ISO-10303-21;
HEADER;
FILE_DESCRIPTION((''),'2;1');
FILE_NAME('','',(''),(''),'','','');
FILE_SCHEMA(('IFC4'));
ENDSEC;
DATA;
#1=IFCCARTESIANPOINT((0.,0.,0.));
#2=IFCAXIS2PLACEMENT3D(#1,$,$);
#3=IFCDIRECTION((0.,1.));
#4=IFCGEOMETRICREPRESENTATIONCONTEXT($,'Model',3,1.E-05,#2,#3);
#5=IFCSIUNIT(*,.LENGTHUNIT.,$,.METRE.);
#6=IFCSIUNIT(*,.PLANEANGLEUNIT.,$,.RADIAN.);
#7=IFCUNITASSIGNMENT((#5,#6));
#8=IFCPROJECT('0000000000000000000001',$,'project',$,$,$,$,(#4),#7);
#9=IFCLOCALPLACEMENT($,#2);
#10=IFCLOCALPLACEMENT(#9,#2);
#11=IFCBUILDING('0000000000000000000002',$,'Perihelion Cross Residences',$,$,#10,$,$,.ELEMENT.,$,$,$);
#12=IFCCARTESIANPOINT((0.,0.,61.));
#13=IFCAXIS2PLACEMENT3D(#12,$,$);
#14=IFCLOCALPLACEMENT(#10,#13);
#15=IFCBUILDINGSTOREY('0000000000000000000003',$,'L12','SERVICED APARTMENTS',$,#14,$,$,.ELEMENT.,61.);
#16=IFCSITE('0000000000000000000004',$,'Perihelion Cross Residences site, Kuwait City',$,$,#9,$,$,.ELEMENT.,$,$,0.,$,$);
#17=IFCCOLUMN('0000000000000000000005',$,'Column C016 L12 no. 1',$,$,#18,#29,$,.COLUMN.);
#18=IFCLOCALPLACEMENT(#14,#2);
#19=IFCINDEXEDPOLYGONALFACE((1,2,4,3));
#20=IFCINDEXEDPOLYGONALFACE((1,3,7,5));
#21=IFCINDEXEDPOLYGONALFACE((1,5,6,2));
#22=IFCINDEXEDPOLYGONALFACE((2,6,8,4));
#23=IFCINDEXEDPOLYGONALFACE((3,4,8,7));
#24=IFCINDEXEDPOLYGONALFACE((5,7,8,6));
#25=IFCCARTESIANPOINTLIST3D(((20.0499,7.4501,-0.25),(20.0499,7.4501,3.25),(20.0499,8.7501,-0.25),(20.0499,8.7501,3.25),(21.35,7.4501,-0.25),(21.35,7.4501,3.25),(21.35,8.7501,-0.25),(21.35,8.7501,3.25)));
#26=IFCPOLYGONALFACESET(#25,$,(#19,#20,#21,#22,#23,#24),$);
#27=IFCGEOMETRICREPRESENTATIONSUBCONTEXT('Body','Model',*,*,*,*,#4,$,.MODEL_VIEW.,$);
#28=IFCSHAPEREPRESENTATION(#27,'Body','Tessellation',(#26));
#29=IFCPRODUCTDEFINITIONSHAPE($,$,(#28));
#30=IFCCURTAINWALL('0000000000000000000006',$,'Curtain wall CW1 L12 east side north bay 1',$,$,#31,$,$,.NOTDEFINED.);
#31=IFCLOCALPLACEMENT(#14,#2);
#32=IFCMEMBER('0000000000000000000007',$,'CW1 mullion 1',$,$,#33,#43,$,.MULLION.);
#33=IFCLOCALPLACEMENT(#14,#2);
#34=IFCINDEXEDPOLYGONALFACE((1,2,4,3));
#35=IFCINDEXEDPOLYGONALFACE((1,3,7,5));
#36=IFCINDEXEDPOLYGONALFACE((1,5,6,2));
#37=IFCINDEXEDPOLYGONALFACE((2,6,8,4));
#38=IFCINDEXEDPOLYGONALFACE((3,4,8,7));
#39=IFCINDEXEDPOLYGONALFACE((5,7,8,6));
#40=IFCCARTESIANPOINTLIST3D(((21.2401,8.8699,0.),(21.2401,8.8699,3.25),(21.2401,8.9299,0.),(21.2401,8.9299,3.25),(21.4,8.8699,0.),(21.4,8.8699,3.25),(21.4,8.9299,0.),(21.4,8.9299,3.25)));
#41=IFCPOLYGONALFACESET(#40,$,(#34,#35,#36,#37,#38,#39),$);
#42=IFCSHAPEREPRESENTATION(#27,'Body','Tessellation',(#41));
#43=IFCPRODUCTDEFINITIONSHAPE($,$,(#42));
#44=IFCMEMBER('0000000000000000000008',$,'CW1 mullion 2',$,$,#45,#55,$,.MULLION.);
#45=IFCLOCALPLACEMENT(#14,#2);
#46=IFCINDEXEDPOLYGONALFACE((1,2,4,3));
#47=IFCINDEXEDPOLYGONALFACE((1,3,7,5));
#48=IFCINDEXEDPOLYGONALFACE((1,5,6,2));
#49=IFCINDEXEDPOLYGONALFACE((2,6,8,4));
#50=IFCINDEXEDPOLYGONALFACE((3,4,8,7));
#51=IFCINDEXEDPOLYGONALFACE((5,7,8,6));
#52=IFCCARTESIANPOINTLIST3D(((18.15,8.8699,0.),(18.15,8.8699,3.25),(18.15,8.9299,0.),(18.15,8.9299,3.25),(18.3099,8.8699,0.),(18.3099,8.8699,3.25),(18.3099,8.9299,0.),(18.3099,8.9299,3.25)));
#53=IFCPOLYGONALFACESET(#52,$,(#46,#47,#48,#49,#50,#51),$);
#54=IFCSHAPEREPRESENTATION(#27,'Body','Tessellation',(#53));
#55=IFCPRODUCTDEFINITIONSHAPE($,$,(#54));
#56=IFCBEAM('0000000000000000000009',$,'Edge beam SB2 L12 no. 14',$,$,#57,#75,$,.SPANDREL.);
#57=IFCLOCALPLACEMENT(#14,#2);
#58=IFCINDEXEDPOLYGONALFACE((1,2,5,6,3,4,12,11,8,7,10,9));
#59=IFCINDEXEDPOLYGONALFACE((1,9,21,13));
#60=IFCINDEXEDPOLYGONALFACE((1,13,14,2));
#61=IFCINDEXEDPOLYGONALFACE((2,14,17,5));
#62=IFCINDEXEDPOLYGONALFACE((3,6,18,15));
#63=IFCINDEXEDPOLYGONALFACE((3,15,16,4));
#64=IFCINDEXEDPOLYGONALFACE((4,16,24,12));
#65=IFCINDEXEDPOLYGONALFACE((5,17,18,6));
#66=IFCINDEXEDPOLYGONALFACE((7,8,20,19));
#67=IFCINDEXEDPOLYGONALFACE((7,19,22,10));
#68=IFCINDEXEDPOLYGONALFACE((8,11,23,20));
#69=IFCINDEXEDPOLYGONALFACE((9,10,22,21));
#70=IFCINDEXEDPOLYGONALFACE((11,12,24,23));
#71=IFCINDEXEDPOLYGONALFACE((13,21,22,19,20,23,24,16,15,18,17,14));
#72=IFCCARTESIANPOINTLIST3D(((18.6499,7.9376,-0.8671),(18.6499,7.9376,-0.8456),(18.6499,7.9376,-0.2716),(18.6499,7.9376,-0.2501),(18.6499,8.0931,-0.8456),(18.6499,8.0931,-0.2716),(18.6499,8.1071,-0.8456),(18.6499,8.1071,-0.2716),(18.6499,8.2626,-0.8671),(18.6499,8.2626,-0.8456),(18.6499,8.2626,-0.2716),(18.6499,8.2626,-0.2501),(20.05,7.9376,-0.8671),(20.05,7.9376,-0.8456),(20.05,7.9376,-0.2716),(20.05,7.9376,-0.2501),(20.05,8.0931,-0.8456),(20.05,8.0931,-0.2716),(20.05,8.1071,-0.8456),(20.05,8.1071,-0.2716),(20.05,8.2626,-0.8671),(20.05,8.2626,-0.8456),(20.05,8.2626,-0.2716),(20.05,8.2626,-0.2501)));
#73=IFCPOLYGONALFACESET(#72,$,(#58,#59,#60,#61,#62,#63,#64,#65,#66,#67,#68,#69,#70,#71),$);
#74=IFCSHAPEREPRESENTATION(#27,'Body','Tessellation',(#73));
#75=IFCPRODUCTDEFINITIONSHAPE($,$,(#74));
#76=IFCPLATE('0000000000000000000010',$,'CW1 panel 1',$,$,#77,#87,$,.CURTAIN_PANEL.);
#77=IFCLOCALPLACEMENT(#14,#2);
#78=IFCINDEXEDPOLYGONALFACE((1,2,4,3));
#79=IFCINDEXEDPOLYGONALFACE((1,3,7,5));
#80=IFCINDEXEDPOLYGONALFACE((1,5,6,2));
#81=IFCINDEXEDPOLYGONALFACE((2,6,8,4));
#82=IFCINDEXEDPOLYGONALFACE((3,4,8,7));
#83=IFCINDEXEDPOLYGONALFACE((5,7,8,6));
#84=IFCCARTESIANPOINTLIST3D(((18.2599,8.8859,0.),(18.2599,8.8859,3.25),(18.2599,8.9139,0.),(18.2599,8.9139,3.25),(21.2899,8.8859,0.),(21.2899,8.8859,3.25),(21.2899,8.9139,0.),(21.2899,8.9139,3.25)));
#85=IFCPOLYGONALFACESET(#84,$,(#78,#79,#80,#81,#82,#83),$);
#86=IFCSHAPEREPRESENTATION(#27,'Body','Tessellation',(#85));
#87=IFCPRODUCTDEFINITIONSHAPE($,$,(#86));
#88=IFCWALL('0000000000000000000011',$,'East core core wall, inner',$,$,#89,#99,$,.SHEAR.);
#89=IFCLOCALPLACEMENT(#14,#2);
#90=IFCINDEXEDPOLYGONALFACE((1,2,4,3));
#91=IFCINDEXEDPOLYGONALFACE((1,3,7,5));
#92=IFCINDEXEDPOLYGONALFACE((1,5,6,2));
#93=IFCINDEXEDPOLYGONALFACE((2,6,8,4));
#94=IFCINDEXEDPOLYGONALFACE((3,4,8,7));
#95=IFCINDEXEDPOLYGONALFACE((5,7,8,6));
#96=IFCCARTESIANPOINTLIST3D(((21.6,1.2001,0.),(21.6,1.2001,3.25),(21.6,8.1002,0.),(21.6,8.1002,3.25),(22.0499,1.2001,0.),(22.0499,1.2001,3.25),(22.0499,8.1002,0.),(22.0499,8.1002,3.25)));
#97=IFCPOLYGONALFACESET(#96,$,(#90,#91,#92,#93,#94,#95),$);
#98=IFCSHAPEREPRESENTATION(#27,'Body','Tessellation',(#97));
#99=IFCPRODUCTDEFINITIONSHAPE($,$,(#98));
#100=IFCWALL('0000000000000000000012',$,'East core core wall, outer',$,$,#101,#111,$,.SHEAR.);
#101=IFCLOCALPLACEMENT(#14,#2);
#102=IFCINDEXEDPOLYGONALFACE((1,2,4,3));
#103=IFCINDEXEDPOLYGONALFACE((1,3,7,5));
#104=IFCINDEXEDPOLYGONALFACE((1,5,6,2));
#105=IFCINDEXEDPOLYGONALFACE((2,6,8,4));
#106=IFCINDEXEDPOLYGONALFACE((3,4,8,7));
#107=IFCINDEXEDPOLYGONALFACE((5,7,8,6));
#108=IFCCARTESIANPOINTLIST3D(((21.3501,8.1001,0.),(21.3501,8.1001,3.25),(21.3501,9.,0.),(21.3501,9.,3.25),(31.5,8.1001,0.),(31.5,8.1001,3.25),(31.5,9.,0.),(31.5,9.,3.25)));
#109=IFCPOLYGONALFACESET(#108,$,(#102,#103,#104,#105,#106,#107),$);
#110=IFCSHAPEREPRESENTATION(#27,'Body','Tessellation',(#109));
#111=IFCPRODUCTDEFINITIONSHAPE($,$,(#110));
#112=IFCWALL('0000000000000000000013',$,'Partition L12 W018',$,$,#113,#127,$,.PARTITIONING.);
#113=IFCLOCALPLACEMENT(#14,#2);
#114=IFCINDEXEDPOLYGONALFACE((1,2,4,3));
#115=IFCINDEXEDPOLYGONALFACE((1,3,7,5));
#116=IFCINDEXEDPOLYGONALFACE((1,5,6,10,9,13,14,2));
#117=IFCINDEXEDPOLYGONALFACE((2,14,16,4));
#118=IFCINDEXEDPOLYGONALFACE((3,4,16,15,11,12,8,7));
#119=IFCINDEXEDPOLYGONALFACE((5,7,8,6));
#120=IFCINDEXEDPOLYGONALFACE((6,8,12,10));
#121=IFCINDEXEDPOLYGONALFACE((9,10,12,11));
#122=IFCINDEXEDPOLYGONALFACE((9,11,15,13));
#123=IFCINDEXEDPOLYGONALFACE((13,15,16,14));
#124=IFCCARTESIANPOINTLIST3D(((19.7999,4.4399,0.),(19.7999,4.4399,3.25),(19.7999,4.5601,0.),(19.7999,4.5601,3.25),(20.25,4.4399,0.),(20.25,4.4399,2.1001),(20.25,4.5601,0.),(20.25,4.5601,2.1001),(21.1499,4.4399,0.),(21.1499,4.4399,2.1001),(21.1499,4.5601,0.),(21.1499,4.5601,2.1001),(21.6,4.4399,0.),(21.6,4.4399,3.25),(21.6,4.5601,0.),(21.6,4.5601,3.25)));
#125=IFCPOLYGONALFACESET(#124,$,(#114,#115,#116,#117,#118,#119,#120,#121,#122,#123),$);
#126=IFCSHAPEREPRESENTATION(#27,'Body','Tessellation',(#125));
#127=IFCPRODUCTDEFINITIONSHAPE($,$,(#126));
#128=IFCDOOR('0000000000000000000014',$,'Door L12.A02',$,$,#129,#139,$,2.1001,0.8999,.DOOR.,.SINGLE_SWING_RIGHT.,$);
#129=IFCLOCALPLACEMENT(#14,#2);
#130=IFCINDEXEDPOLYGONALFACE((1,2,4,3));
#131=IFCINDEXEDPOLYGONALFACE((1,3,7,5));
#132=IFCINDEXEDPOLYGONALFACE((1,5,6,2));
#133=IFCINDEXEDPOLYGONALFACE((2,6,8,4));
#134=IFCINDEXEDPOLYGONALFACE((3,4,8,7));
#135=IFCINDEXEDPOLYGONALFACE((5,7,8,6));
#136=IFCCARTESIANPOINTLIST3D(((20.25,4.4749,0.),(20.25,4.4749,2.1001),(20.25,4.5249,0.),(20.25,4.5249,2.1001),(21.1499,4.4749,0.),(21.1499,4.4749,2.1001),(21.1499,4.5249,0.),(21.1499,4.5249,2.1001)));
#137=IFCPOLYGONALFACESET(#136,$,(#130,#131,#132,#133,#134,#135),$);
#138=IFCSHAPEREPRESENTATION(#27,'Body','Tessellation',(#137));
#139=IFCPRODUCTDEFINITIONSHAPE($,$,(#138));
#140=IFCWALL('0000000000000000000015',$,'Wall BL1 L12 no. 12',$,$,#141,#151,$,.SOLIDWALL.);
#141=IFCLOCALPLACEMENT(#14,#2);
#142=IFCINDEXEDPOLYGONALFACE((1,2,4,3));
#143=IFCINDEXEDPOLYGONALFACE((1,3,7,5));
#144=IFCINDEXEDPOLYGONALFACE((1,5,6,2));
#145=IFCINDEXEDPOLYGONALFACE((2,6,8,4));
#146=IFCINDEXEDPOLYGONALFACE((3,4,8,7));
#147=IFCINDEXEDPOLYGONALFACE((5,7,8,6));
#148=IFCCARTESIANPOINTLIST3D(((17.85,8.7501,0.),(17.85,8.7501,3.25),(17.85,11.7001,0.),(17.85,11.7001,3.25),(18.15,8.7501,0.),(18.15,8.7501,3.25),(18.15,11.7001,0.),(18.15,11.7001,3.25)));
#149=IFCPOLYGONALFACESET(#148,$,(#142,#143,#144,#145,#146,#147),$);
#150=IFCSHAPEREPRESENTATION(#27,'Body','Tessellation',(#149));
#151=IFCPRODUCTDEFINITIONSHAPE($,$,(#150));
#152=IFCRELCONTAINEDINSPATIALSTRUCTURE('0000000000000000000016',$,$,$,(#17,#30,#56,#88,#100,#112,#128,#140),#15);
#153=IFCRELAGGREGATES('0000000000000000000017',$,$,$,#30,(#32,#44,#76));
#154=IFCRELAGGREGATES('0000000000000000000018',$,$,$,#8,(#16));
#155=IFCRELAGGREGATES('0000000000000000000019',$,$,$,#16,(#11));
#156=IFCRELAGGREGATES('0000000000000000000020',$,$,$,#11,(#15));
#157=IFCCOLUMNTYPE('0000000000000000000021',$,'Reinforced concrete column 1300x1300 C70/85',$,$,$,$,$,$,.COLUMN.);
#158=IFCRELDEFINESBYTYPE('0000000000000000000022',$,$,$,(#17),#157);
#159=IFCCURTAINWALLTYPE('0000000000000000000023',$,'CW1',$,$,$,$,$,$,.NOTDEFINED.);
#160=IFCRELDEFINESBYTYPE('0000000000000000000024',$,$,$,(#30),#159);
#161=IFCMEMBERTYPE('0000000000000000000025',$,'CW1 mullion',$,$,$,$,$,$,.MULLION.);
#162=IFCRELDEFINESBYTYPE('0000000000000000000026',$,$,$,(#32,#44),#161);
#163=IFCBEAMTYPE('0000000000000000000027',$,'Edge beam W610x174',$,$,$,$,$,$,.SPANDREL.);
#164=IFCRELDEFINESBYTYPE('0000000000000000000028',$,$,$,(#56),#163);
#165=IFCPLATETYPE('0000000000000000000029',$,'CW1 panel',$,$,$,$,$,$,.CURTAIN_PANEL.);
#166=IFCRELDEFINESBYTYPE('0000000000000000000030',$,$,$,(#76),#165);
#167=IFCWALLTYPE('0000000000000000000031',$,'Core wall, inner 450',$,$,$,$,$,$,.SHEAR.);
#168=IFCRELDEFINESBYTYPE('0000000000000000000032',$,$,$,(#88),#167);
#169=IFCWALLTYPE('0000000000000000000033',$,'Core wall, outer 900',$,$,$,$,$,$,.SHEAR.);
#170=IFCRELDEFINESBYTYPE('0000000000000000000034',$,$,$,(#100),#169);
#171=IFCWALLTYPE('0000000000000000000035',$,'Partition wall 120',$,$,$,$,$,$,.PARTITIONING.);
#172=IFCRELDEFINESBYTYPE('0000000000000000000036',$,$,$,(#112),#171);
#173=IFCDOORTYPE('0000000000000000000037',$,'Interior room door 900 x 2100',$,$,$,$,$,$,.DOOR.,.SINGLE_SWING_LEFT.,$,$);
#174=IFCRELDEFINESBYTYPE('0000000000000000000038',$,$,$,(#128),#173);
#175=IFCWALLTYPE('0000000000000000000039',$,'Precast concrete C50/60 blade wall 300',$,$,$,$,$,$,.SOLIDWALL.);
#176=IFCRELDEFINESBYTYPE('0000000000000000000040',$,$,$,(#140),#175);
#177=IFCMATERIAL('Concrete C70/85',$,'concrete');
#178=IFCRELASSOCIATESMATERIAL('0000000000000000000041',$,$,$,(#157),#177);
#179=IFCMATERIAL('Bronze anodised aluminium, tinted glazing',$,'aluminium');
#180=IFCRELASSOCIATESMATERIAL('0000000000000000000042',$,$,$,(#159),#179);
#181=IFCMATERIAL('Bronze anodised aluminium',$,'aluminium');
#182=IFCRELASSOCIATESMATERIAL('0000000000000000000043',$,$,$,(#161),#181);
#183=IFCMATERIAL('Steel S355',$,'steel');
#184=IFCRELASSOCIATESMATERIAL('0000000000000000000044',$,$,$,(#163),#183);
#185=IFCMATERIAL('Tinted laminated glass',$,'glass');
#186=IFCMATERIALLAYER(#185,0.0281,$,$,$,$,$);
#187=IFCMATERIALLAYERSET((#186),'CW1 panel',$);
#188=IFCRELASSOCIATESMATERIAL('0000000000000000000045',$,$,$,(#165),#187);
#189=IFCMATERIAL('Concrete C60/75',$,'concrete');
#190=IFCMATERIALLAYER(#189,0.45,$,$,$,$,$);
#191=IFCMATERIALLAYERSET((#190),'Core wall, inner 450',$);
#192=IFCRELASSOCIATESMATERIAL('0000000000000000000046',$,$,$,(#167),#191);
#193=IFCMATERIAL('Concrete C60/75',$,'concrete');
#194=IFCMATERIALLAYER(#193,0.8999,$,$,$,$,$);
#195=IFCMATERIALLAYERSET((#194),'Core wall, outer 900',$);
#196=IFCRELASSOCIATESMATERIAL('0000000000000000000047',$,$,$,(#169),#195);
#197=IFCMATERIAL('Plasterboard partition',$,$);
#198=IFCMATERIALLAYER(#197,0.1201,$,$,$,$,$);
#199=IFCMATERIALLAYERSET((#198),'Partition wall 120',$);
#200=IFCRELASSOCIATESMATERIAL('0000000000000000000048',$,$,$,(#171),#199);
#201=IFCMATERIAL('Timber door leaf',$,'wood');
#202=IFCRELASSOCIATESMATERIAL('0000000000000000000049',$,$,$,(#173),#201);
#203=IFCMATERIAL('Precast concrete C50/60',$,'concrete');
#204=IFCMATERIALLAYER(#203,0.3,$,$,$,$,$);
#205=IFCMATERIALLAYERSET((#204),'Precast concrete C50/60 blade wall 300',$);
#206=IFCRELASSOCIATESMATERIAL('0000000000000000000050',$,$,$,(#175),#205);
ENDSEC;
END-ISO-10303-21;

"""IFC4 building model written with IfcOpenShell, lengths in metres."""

from ifc_helpers import new_model, si_unit, direction, frame, frame_2d, origin, origin_2d, place, context, subcontext, project, spatial, rectangle, i_section, extrude, material, layer, layer_set, material_profile, profile_set, type_object, element, fill, aggregate, save


model = new_model("IFC4")

# Units and contexts
model_context = context("Model", 3, precision=1e-05, world=origin(), true_north=direction((0.0, 1.0)))
body_context = subcontext(model_context, "Body", "Model", "MODEL_VIEW")
ifc_project = project(units=[si_unit("LENGTHUNIT", "METRE"), si_unit("PLANEANGLEUNIT", "RADIAN")], contexts=[model_context])

# Site, building, storey
site_placement = place(None, origin())
site = spatial("IfcSite", under=ifc_project, at=site_placement, Name="Perihelion Cross Residences site, Kuwait City", CompositionType="ELEMENT", RefElevation=0.0)
building_placement = place(site_placement, origin())
building = spatial("IfcBuilding", under=site, at=building_placement, Name="Perihelion Cross Residences", CompositionType="ELEMENT")
storey_placement = place(building_placement, frame((0.0, 0.0, 61.0)))
storey = spatial("IfcBuildingStorey", under=building, at=storey_placement, Name="L12", Description="SERVICED APARTMENTS", CompositionType="ELEMENT", Elevation=61.0)

# Column
ifc_material_1 = material(Name="Concrete C70/85", Category="concrete")
ifc_material_profile_1 = material_profile(ifc_material_1, rectangle(XDim=1.3, YDim=1.3, at=origin_2d()), Name="RC 1300x1300")
ifc_profile_set_1 = profile_set([ifc_material_profile_1], Name="Concrete C70/85")
column_type = type_object("IfcColumnType", Name="Reinforced concrete column 1300x1300 C70/85", PredefinedType="COLUMN", material=ifc_profile_set_1)
column_placement = place(storey_placement, frame((20.7, 8.1001, -0.25), z_axis=(0.0, 0.0, 1.0), x_axis=(1.0, 0.0, 0.0)))
element("IfcColumn", 1, at=column_placement, inside=storey, type_object=column_type, Name="Column C016 L12 no. 1", PredefinedType="COLUMN", context=body_context, shape_type="SweptSolid", body=[
    extrude(rectangle(XDim=1.3, YDim=1.3, at=origin_2d()), origin(), (0.0, 0.0, 1.0), 3.5),
])

# Curtain wall, members
ifc_material_2 = material(Name="Bronze anodised aluminium, tinted glazing", Category="aluminium")
curtain_wall_type = type_object("IfcCurtainWallType", Name="CW1", PredefinedType="NOTDEFINED", material=ifc_material_2)
curtain_wall_placement = place(storey_placement, origin())
curtain_wall = element("IfcCurtainWall", 2, at=curtain_wall_placement, inside=storey, type_object=curtain_wall_type, Name="Curtain wall CW1 L12 east side north bay 1", PredefinedType="NOTDEFINED")
ifc_material_3 = material(Name="Bronze anodised aluminium", Category="aluminium")
ifc_material_profile_2 = material_profile(ifc_material_3, rectangle(XDim=0.0601, YDim=0.1599, at=origin_2d()), Name="CW1 mullion")
ifc_profile_set_2 = profile_set([ifc_material_profile_2], Name="Bronze anodised aluminium")
member_type = type_object("IfcMemberType", Name="CW1 mullion", PredefinedType="MULLION", material=ifc_profile_set_2)
member_1_placement = place(storey_placement, frame((21.3201, 8.8999, 0.0), z_axis=(0.0, 0.0, 1.0), x_axis=(0.0, -1.0, 0.0)))
member_1 = element("IfcMember", 3, at=member_1_placement, type_object=member_type, Name="CW1 mullion 1", PredefinedType="MULLION", context=body_context, shape_type="SweptSolid", body=[
    extrude(rectangle(XDim=0.0601, YDim=0.1599, at=origin_2d()), origin(), (0.0, 0.0, 1.0), 3.25),
])
member_2_placement = place(storey_placement, frame((18.23, 8.8999, 0.0), z_axis=(0.0, 0.0, 1.0), x_axis=(0.0, -1.0, 0.0)))
member_2 = element("IfcMember", 4, at=member_2_placement, type_object=member_type, Name="CW1 mullion 2", PredefinedType="MULLION", context=body_context, shape_type="SweptSolid", body=[
    extrude(rectangle(XDim=0.0601, YDim=0.1599, at=origin_2d()), origin(), (0.0, 0.0, 1.0), 3.25),
])

# Beam
ifc_material_4 = material(Name="Steel S355", Category="steel")
ifc_material_profile_3 = material_profile(ifc_material_4, i_section(OverallWidth=0.325, OverallDepth=0.6169, WebThickness=0.0139, FlangeThickness=0.0215, at=origin_2d()), Name="W610x174")
ifc_profile_set_3 = profile_set([ifc_material_profile_3], Name="Steel S355")
beam_type = type_object("IfcBeamType", Name="Edge beam W610x174", PredefinedType="SPANDREL", material=ifc_profile_set_3)
beam_placement = place(storey_placement, frame((20.05, 8.1001, -0.5586), z_axis=(-1.0, 0.0, 0.0), x_axis=(0.0, -1.0, 0.0)))
element("IfcBeam", 5, at=beam_placement, inside=storey, type_object=beam_type, Name="Edge beam SB2 L12 no. 14", PredefinedType="SPANDREL", context=body_context, shape_type="SweptSolid", body=[
    extrude(i_section(OverallWidth=0.325, OverallDepth=0.6169, WebThickness=0.0139, FlangeThickness=0.0215, at=origin_2d()), origin(), (0.0, 0.0, 1.0), 1.4001),
])

# Plate
ifc_material_5 = material(Name="Tinted laminated glass", Category="glass")
ifc_layer_1 = layer(ifc_material_5, 0.0281)
ifc_layer_set_1 = layer_set([ifc_layer_1], Name="CW1 panel")
plate_type = type_object("IfcPlateType", Name="CW1 panel", PredefinedType="CURTAIN_PANEL", material=ifc_layer_set_1)
plate_placement = place(storey_placement, frame((19.7749, 8.8999, 0.0), z_axis=(0.0, 0.0, 1.0), x_axis=(-1.0, 0.0, 0.0)))
plate = element("IfcPlate", 6, at=plate_placement, type_object=plate_type, Name="CW1 panel 1", PredefinedType="CURTAIN_PANEL", context=body_context, shape_type="SweptSolid", body=[
    extrude(rectangle(XDim=3.03, YDim=0.0281, at=origin_2d()), origin(), (0.0, 0.0, 1.0), 3.25),
])
aggregate(curtain_wall, [member_1, member_2, plate])

# Walls
ifc_material_6 = material(Name="Concrete C60/75", Category="concrete")
ifc_layer_2 = layer(ifc_material_6, 0.45)
ifc_layer_set_2 = layer_set([ifc_layer_2], Name="Core wall, inner 450")
wall_type_1 = type_object("IfcWallType", Name="Core wall, inner 450", PredefinedType="SHEAR", material=ifc_layer_set_2)
wall_1_placement = place(storey_placement, frame((21.825, 1.2, 0.0), z_axis=(0.0, 0.0, 1.0), x_axis=(0.0, 1.0, 0.0)))
element("IfcWall", 7, at=wall_1_placement, inside=storey, type_object=wall_type_1, Name="East core core wall, inner", PredefinedType="SHEAR", context=body_context, shape_type="SweptSolid", body=[
    extrude(rectangle(XDim=6.9001, YDim=0.45, at=frame_2d((3.4502, 0.0))), origin(), (0.0, 0.0, 1.0), 3.25),
])
ifc_material_7 = material(Name="Concrete C60/75", Category="concrete")
ifc_layer_3 = layer(ifc_material_7, 0.8999)
ifc_layer_set_3 = layer_set([ifc_layer_3], Name="Core wall, outer 900")
wall_type_2 = type_object("IfcWallType", Name="Core wall, outer 900", PredefinedType="SHEAR", material=ifc_layer_set_3)
wall_2_placement = place(storey_placement, frame((21.3501, 8.55, 0.0), z_axis=(0.0, 0.0, 1.0), x_axis=(1.0, 0.0, 0.0)))
element("IfcWall", 8, at=wall_2_placement, inside=storey, type_object=wall_type_2, Name="East core core wall, outer", PredefinedType="SHEAR", context=body_context, shape_type="SweptSolid", body=[
    extrude(rectangle(XDim=10.1499, YDim=0.8999, at=frame_2d((5.075, 0.0))), origin(), (0.0, 0.0, 1.0), 3.25),
])

# Wall, opening, door
ifc_material_8 = material(Name="Plasterboard partition")
ifc_layer_4 = layer(ifc_material_8, 0.1201)
ifc_layer_set_4 = layer_set([ifc_layer_4], Name="Partition wall 120")
wall_type_3 = type_object("IfcWallType", Name="Partition wall 120", PredefinedType="PARTITIONING", material=ifc_layer_set_4)
wall_3_placement = place(storey_placement, frame((19.8, 4.5, 0.0), z_axis=(0.0, 0.0, 1.0), x_axis=(1.0, 0.0, 0.0)))
wall_3 = element("IfcWall", 9, at=wall_3_placement, inside=storey, type_object=wall_type_3, Name="Partition L12 W018", PredefinedType="PARTITIONING", context=body_context, shape_type="SweptSolid", body=[
    extrude(rectangle(XDim=1.8, YDim=0.1201, at=frame_2d((0.8999, 0.0))), origin(), (0.0, 0.0, 1.0), 3.25),
])
opening_1_placement = place(wall_3_placement, frame((0.45, 0.0, 0.0)))
opening_1 = element("IfcOpeningElement", 10, at=opening_1_placement, cuts=wall_3, PredefinedType="OPENING", context=body_context, shape_type="SweptSolid", body=[
    extrude(rectangle(XDim=0.8999, YDim=2.1001, at=frame_2d((0.45, 1.05))), frame((0.0, 0.0701, 0.0), z_axis=(0.0, -1.0, 0.0), x_axis=(1.0, 0.0, 0.0)), (0.0, 0.0, 1.0), 0.1401),
])
ifc_material_9 = material(Name="Timber door leaf", Category="wood")
door_type_1 = type_object("IfcDoorType", Name="Interior room door 900 x 2100", OperationType="SINGLE_SWING_LEFT", PredefinedType="DOOR", material=ifc_material_9)
door_1_placement = place(opening_1_placement, origin())
door_1 = element("IfcDoor", 11, at=door_1_placement, inside=storey, type_object=door_type_1, Name="Door L12.A02", OperationType="SINGLE_SWING_RIGHT", OverallHeight=2.1001, OverallWidth=0.8999, PredefinedType="DOOR", context=body_context, shape_type="SweptSolid", body=[
    extrude(rectangle(XDim=0.8999, YDim=2.1001, at=frame_2d((0.45, 1.05))), frame((0.0, 0.0249, 0.0), z_axis=(0.0, -1.0, 0.0), x_axis=(1.0, 0.0, 0.0)), (0.0, 0.0, 1.0), 0.05),
])
fill(opening_1, door_1)

# Wall
ifc_material_10 = material(Name="Precast concrete C50/60", Category="concrete")
ifc_layer_5 = layer(ifc_material_10, 0.3)
ifc_layer_set_5 = layer_set([ifc_layer_5], Name="Precast concrete C50/60 blade wall 300")
wall_type_4 = type_object("IfcWallType", Name="Precast concrete C50/60 blade wall 300", PredefinedType="SOLIDWALL", material=ifc_layer_set_5)
wall_4_placement = place(storey_placement, frame((18.0, 8.75, 0.0), z_axis=(0.0, 0.0, 1.0), x_axis=(0.0, 1.0, 0.0)))
element("IfcWall", 12, at=wall_4_placement, inside=storey, type_object=wall_type_4, Name="Wall BL1 L12 no. 12", PredefinedType="SOLIDWALL", context=body_context, shape_type="SweptSolid", body=[
    extrude(rectangle(XDim=2.95, YDim=0.3, at=frame_2d((1.4751, 0.0))), origin(), (0.0, 0.0, 1.0), 3.25),
])

save(model, "model.ifc")
